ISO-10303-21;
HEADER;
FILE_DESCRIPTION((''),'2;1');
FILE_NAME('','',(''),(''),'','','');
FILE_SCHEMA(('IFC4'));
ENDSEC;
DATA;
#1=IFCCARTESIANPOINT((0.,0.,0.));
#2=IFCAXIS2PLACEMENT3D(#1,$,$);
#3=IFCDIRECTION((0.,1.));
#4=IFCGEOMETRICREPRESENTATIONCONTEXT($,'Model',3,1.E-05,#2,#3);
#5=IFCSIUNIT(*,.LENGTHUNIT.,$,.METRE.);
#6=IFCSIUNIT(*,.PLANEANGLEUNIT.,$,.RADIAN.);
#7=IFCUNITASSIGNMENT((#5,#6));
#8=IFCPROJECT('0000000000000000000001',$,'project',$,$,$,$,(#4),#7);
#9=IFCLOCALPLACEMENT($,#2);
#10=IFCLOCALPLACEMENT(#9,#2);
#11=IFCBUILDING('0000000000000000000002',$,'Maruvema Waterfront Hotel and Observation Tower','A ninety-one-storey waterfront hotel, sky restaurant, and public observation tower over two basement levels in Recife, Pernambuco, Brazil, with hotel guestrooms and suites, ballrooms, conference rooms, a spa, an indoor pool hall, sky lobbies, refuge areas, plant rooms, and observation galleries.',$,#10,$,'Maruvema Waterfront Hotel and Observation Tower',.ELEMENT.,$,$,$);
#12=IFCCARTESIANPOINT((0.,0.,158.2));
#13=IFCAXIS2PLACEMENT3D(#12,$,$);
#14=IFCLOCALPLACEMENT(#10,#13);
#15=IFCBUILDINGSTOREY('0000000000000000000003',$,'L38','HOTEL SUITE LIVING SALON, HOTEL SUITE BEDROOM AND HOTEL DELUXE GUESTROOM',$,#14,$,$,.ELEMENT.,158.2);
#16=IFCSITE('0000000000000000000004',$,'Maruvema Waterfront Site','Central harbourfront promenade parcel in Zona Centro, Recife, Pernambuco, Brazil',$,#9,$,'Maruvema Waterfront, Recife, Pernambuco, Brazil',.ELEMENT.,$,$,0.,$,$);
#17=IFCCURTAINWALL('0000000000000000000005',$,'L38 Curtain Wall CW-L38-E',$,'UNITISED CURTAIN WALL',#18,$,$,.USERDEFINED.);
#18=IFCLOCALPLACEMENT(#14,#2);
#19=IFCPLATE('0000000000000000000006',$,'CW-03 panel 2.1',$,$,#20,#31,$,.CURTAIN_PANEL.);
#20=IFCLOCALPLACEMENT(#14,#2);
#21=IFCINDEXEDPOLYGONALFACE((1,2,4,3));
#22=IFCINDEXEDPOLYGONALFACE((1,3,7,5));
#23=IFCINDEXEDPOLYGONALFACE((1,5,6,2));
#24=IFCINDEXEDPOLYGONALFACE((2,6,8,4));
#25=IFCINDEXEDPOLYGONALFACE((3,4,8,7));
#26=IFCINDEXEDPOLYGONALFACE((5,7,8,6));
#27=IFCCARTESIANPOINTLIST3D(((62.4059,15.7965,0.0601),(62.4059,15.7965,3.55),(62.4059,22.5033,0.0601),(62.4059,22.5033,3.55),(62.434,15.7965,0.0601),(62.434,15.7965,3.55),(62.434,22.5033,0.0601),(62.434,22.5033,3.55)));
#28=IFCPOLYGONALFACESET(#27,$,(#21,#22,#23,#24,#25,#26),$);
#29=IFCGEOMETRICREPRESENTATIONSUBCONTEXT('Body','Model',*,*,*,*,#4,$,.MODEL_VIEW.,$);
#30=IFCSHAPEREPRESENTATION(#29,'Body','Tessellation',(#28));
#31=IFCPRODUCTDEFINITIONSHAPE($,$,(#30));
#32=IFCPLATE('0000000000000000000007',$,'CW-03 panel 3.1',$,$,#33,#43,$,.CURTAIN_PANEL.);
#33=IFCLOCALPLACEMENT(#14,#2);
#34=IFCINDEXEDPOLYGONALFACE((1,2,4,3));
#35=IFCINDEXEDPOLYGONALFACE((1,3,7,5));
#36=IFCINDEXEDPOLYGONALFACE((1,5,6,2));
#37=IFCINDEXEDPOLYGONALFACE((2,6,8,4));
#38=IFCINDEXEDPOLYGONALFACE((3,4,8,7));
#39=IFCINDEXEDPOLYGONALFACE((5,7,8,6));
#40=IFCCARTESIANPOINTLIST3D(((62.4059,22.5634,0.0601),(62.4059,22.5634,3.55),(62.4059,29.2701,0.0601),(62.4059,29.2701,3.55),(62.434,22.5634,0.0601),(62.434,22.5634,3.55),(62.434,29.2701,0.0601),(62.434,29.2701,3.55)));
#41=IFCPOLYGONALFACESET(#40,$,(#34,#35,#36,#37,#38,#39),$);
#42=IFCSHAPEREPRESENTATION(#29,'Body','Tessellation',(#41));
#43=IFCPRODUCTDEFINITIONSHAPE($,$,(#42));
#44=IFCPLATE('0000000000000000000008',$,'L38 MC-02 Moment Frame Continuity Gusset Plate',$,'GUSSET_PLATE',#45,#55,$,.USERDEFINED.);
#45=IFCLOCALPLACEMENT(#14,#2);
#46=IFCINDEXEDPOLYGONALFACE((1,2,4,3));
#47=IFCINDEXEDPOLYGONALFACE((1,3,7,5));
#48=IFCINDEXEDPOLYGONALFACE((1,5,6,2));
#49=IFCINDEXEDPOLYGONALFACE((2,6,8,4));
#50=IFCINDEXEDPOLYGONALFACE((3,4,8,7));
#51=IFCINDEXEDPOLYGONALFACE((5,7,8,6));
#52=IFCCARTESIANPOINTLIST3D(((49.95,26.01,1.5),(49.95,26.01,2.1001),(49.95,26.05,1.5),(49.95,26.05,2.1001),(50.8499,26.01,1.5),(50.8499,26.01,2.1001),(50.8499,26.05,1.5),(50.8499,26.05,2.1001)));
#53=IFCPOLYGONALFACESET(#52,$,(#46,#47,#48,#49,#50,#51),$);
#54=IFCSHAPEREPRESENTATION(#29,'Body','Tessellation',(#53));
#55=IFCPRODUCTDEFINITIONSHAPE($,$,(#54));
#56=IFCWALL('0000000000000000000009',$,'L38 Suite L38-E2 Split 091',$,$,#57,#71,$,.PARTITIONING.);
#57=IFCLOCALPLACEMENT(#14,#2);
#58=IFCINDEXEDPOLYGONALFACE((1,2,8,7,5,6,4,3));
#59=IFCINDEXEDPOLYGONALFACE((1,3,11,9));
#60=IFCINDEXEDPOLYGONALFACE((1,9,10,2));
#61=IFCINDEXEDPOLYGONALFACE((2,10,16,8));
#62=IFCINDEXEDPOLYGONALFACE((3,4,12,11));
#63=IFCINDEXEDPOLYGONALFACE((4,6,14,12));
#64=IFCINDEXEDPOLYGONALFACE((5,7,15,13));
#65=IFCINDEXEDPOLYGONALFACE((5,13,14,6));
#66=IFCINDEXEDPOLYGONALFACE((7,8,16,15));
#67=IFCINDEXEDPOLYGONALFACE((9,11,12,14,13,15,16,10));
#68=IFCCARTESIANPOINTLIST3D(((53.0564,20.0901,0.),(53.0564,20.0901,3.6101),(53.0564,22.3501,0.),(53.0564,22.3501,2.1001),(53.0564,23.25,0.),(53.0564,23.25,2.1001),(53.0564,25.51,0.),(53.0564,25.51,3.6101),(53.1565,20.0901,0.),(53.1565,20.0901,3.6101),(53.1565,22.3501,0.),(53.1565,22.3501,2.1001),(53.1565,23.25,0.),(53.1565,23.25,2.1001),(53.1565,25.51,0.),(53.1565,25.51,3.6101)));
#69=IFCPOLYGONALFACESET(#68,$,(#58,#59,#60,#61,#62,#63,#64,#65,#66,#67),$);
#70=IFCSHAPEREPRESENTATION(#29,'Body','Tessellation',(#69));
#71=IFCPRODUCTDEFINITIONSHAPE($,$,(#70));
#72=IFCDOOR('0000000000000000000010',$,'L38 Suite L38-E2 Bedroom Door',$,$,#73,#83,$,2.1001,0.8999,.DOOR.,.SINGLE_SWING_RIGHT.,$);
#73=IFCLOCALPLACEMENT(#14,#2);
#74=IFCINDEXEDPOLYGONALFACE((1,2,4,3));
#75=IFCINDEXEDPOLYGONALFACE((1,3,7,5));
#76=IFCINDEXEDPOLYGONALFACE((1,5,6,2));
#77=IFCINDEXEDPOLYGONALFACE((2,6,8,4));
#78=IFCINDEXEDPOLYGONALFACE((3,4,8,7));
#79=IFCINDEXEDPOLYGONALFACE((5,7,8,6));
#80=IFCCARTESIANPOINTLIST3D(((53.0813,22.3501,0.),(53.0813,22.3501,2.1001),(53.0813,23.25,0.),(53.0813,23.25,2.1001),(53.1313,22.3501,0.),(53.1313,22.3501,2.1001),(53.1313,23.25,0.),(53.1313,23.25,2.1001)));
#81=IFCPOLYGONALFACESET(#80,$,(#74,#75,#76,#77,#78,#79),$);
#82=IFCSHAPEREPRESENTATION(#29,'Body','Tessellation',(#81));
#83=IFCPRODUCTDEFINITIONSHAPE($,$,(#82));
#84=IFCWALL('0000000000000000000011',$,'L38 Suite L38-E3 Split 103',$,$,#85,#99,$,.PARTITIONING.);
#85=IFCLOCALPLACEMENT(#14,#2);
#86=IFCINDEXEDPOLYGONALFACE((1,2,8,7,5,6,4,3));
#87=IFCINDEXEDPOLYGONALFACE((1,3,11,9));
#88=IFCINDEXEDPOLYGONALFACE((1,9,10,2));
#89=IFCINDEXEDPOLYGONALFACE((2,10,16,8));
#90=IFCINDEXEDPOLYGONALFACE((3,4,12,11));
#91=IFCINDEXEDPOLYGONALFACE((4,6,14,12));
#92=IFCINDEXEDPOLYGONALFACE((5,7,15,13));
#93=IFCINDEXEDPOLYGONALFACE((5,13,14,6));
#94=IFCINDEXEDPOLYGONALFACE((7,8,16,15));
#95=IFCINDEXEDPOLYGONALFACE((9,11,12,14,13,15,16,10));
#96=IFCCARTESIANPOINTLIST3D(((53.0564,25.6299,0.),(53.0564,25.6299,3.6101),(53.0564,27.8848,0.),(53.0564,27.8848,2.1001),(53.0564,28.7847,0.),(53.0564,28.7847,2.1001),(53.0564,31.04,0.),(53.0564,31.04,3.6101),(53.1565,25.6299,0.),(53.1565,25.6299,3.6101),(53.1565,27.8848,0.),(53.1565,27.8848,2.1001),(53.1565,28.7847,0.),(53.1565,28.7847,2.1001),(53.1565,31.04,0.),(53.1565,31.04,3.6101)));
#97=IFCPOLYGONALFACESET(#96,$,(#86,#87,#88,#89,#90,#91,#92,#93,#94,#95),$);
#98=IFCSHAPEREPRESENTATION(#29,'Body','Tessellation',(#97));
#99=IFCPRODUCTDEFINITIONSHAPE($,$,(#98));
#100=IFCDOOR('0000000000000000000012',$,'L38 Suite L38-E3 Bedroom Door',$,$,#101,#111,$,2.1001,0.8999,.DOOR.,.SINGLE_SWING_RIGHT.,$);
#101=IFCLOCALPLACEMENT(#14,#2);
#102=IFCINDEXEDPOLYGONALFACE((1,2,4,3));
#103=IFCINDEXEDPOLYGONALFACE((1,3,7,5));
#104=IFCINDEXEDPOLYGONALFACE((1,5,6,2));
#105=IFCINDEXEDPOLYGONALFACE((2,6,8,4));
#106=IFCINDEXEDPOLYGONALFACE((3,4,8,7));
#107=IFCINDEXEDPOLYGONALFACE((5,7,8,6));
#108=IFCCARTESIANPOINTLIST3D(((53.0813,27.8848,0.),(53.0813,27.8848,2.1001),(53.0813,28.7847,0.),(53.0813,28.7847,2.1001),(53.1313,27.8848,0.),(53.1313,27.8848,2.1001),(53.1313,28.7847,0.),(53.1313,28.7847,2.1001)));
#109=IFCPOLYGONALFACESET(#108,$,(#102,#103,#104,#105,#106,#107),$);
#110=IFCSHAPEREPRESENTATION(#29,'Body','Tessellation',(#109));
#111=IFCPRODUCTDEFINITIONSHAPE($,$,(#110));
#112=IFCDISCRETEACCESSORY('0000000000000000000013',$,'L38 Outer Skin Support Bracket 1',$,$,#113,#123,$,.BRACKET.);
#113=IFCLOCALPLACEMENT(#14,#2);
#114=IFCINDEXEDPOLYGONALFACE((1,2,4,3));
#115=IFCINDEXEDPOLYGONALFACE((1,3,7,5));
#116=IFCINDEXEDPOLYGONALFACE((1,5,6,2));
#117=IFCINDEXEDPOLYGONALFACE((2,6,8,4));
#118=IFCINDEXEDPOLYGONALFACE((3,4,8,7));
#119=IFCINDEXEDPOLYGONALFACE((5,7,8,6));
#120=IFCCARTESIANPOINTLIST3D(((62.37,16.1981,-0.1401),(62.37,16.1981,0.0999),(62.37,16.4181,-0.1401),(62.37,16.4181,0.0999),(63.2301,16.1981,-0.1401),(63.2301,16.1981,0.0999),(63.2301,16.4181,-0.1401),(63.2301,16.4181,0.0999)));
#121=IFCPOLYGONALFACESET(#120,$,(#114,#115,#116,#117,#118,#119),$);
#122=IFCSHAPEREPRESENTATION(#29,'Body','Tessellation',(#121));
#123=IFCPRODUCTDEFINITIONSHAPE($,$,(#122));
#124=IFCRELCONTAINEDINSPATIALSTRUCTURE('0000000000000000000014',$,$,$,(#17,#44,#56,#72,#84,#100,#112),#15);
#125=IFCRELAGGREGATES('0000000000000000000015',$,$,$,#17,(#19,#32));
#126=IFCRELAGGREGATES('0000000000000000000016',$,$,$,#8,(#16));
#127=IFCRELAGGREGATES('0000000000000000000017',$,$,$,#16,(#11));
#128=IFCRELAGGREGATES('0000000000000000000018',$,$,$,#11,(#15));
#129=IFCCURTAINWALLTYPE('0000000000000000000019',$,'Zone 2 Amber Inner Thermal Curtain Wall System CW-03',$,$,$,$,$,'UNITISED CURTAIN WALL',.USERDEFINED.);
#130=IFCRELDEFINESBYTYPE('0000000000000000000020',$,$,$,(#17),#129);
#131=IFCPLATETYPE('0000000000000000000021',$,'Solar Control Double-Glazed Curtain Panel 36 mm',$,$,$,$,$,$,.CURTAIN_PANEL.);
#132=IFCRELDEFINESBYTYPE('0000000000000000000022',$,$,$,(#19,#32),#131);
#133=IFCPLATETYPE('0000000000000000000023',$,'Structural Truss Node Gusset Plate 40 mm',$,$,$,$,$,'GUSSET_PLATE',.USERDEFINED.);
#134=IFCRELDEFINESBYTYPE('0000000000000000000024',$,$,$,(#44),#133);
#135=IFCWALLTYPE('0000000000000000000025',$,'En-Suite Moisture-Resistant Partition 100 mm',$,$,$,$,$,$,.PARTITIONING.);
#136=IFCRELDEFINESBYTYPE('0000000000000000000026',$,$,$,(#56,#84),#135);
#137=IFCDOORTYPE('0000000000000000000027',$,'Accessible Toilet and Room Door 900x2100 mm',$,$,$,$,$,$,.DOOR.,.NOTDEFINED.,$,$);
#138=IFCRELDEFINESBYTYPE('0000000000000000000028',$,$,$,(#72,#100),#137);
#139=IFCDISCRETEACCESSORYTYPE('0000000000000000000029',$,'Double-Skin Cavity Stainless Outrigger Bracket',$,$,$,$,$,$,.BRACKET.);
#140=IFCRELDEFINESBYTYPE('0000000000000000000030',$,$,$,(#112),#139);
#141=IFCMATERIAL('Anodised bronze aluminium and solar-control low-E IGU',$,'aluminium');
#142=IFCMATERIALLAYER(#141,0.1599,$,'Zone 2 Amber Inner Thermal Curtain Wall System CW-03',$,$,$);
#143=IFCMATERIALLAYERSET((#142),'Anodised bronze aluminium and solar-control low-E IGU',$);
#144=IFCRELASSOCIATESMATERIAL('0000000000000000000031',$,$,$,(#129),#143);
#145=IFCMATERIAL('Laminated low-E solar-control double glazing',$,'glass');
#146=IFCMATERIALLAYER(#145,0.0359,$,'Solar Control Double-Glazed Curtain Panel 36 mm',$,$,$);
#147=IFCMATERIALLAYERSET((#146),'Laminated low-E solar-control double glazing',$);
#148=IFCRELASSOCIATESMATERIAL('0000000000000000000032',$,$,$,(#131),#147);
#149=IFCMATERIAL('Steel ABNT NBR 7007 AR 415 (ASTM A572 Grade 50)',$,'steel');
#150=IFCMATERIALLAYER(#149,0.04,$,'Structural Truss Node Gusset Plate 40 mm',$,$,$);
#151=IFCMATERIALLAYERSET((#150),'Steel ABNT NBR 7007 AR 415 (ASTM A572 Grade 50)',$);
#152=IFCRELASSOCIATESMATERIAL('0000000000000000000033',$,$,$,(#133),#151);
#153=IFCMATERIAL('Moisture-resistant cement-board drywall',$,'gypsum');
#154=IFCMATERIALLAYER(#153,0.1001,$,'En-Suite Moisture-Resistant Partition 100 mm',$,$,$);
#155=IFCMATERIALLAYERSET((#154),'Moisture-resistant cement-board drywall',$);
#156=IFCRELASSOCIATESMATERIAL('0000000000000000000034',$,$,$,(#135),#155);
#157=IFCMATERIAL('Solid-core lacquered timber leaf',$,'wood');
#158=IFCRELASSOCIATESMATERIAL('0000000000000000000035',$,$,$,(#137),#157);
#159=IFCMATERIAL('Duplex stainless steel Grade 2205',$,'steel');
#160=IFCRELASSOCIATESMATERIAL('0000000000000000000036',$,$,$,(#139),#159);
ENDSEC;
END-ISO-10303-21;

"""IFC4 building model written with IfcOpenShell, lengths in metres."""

from ifc_helpers import new_model, si_unit, direction, frame, frame_2d, origin, origin_2d, place, context, subcontext, project, spatial, rectangle, extrude, material, layer, layer_set, type_object, element, fill, aggregate, save


model = new_model("IFC4")

# Units and contexts
model_context = context("Model", 3, precision=1e-05, world=origin(), true_north=direction((0.0, 1.0)))
body_context = subcontext(model_context, "Body", "Model", "MODEL_VIEW")
ifc_project = project(units=[si_unit("LENGTHUNIT", "METRE"), si_unit("PLANEANGLEUNIT", "RADIAN")], contexts=[model_context])

# Site, building, storey
site_placement = place(None, origin())
site = spatial("IfcSite", under=ifc_project, at=site_placement, Name="Maruvema Waterfront Site", Description="Central harbourfront promenade parcel in Zona Centro, Recife, Pernambuco, Brazil", LongName="Maruvema Waterfront, Recife, Pernambuco, Brazil", CompositionType="ELEMENT", RefElevation=0.0)
building_placement = place(site_placement, origin())
building = spatial("IfcBuilding", under=site, at=building_placement, Name="Maruvema Waterfront Hotel and Observation Tower", Description="A ninety-one-storey waterfront hotel, sky restaurant, and public observation tower over two basement levels in Recife, Pernambuco, Brazil, with hotel guestrooms and suites, ballrooms, conference rooms, a spa, an indoor pool hall, sky lobbies, refuge areas, plant rooms, and observation galleries.", LongName="Maruvema Waterfront Hotel and Observation Tower", CompositionType="ELEMENT")
storey_placement = place(building_placement, frame((0.0, 0.0, 158.2)))
storey = spatial("IfcBuildingStorey", under=building, at=storey_placement, Name="L38", Description="HOTEL SUITE LIVING SALON, HOTEL SUITE BEDROOM AND HOTEL DELUXE GUESTROOM", CompositionType="ELEMENT", Elevation=158.2)

# Curtain wall
ifc_material_1 = material(Name="Anodised bronze aluminium and solar-control low-E IGU", Category="aluminium")
ifc_layer_1 = layer(ifc_material_1, 0.1599, Name="Zone 2 Amber Inner Thermal Curtain Wall System CW-03")
ifc_layer_set_1 = layer_set([ifc_layer_1], Name="Anodised bronze aluminium and solar-control low-E IGU")
curtain_wall_type = type_object("IfcCurtainWallType", Name="Zone 2 Amber Inner Thermal Curtain Wall System CW-03", ElementType="UNITISED CURTAIN WALL", PredefinedType="USERDEFINED", material=ifc_layer_set_1)
curtain_wall_placement = place(storey_placement, origin())
curtain_wall = element("IfcCurtainWall", 1, at=curtain_wall_placement, inside=storey, type_object=curtain_wall_type, Name="L38 Curtain Wall CW-L38-E", ObjectType="UNITISED CURTAIN WALL", PredefinedType="USERDEFINED")

# Plates
ifc_material_2 = material(Name="Laminated low-E solar-control double glazing", Category="glass")
ifc_layer_2 = layer(ifc_material_2, 0.0359, Name="Solar Control Double-Glazed Curtain Panel 36 mm")
ifc_layer_set_2 = layer_set([ifc_layer_2], Name="Laminated low-E solar-control double glazing")
plate_type_1 = type_object("IfcPlateType", Name="Solar Control Double-Glazed Curtain Panel 36 mm", PredefinedType="CURTAIN_PANEL", material=ifc_layer_set_2)
plate_1_placement = place(storey_placement, frame((62.4199, 19.1499, 0.0601), z_axis=(0.0, 0.0, 1.0), x_axis=(0.0, 1.0, 0.0)))
plate_1 = element("IfcPlate", 2, at=plate_1_placement, type_object=plate_type_1, Name="CW-03 panel 2.1", PredefinedType="CURTAIN_PANEL", context=body_context, shape_type="SweptSolid", body=[
    extrude(rectangle(XDim=6.7068, YDim=0.0281, at=origin_2d()), origin(), (0.0, 0.0, 1.0), 3.49),
])
plate_2_placement = place(storey_placement, frame((62.4199, 25.9167, 0.0601), z_axis=(0.0, 0.0, 1.0), x_axis=(0.0, 1.0, 0.0)))
plate_2 = element("IfcPlate", 3, at=plate_2_placement, type_object=plate_type_1, Name="CW-03 panel 3.1", PredefinedType="CURTAIN_PANEL", context=body_context, shape_type="SweptSolid", body=[
    extrude(rectangle(XDim=6.7068, YDim=0.0281, at=origin_2d()), origin(), (0.0, 0.0, 1.0), 3.49),
])
aggregate(curtain_wall, [plate_1, plate_2])
ifc_material_3 = material(Name="Steel ABNT NBR 7007 AR 415 (ASTM A572 Grade 50)", Category="steel")
ifc_layer_3 = layer(ifc_material_3, 0.04, Name="Structural Truss Node Gusset Plate 40 mm")
ifc_layer_set_3 = layer_set([ifc_layer_3], Name="Steel ABNT NBR 7007 AR 415 (ASTM A572 Grade 50)")
plate_type_2 = type_object("IfcPlateType", Name="Structural Truss Node Gusset Plate 40 mm", ElementType="GUSSET_PLATE", PredefinedType="USERDEFINED", material=ifc_layer_set_3)
plate_3_placement = place(storey_placement, frame((50.3999, 26.03, 1.5), z_axis=(0.0, 0.0, 1.0), x_axis=(1.0, 0.0, 0.0)))
element("IfcPlate", 4, at=plate_3_placement, inside=storey, type_object=plate_type_2, Name="L38 MC-02 Moment Frame Continuity Gusset Plate", ObjectType="GUSSET_PLATE", PredefinedType="USERDEFINED", context=body_context, shape_type="SweptSolid", body=[
    extrude(rectangle(XDim=0.8999, YDim=0.04, at=origin_2d()), origin(), (0.0, 0.0, 1.0), 0.6001),
])

# Walls, openings, doors
ifc_material_4 = material(Name="Moisture-resistant cement-board drywall", Category="gypsum")
ifc_layer_4 = layer(ifc_material_4, 0.1001, Name="En-Suite Moisture-Resistant Partition 100 mm")
ifc_layer_set_4 = layer_set([ifc_layer_4], Name="Moisture-resistant cement-board drywall")
wall_type = type_object("IfcWallType", Name="En-Suite Moisture-Resistant Partition 100 mm", PredefinedType="PARTITIONING", material=ifc_layer_set_4)
wall_1_placement = place(storey_placement, frame((53.1064, 20.0901, 0.0), z_axis=(0.0, 0.0, 1.0), x_axis=(0.0, 1.0, 0.0)))
wall_1 = element("IfcWall", 5, at=wall_1_placement, inside=storey, type_object=wall_type, Name="L38 Suite L38-E2 Split 091", PredefinedType="PARTITIONING", context=body_context, shape_type="SweptSolid", body=[
    extrude(rectangle(XDim=5.4199, YDim=0.1001, at=frame_2d((2.71, 0.0))), origin(), (0.0, 0.0, 1.0), 3.6101),
])
opening_1_placement = place(wall_1_placement, frame((2.26, 0.0, 0.0)))
opening_1 = element("IfcOpeningElement", 6, at=opening_1_placement, cuts=wall_1, PredefinedType="OPENING", context=body_context, shape_type="SweptSolid", body=[
    extrude(rectangle(XDim=0.8999, YDim=2.1001, at=frame_2d((0.45, 1.05))), frame((0.0, 0.0601, 0.0), z_axis=(0.0, -1.0, 0.0), x_axis=(1.0, 0.0, 0.0)), (0.0, 0.0, 1.0), 0.1201),
])
ifc_material_5 = material(Name="Solid-core lacquered timber leaf", Category="wood")
door_type = type_object("IfcDoorType", Name="Accessible Toilet and Room Door 900x2100 mm", OperationType="NOTDEFINED", PredefinedType="DOOR", material=ifc_material_5)
door_1_placement = place(opening_1_placement, frame((0.8999, 0.0, 0.0), z_axis=(0.0, 0.0, 1.0), x_axis=(-1.0, 0.0, 0.0)))
door_1 = element("IfcDoor", 7, at=door_1_placement, inside=storey, type_object=door_type, Name="L38 Suite L38-E2 Bedroom Door", OperationType="SINGLE_SWING_RIGHT", OverallHeight=2.1001, OverallWidth=0.8999, PredefinedType="DOOR", context=body_context, shape_type="SweptSolid", body=[
    extrude(rectangle(XDim=0.8999, YDim=2.1001, at=frame_2d((0.45, 1.05))), frame((0.0, 0.0249, 0.0), z_axis=(0.0, -1.0, 0.0), x_axis=(1.0, 0.0, 0.0)), (0.0, 0.0, 1.0), 0.05),
])
fill(opening_1, door_1)
wall_2_placement = place(storey_placement, frame((53.1064, 25.6299, 0.0), z_axis=(0.0, 0.0, 1.0), x_axis=(0.0, 1.0, 0.0)))
wall_2 = element("IfcWall", 8, at=wall_2_placement, inside=storey, type_object=wall_type, Name="L38 Suite L38-E3 Split 103", PredefinedType="PARTITIONING", context=body_context, shape_type="SweptSolid", body=[
    extrude(rectangle(XDim=5.4102, YDim=0.1001, at=frame_2d((2.7051, 0.0))), origin(), (0.0, 0.0, 1.0), 3.6101),
])
opening_2_placement = place(wall_2_placement, frame((2.2549, 0.0, 0.0)))
opening_2 = element("IfcOpeningElement", 9, at=opening_2_placement, cuts=wall_2, PredefinedType="OPENING", context=body_context, shape_type="SweptSolid", body=[
    extrude(rectangle(XDim=0.8999, YDim=2.1001, at=frame_2d((0.45, 1.05))), frame((0.0, 0.0601, 0.0), z_axis=(0.0, -1.0, 0.0), x_axis=(1.0, 0.0, 0.0)), (0.0, 0.0, 1.0), 0.1201),
])
door_2_placement = place(opening_2_placement, frame((0.8999, 0.0, 0.0), z_axis=(0.0, 0.0, 1.0), x_axis=(-1.0, 0.0, 0.0)))
door_2 = element("IfcDoor", 10, at=door_2_placement, inside=storey, type_object=door_type, Name="L38 Suite L38-E3 Bedroom Door", OperationType="SINGLE_SWING_RIGHT", OverallHeight=2.1001, OverallWidth=0.8999, PredefinedType="DOOR", context=body_context, shape_type="SweptSolid", body=[
    extrude(rectangle(XDim=0.8999, YDim=2.1001, at=frame_2d((0.45, 1.05))), frame((0.0, 0.0249, 0.0), z_axis=(0.0, -1.0, 0.0), x_axis=(1.0, 0.0, 0.0)), (0.0, 0.0, 1.0), 0.05),
])
fill(opening_2, door_2)

# Discrete accessory
ifc_material_6 = material(Name="Duplex stainless steel Grade 2205", Category="steel")
discrete_accessory_type = type_object("IfcDiscreteAccessoryType", Name="Double-Skin Cavity Stainless Outrigger Bracket", PredefinedType="BRACKET", material=ifc_material_6)
discrete_accessory_placement = place(storey_placement, frame((62.8, 16.3081, -0.1401), z_axis=(0.0, 0.0, 1.0), x_axis=(0.0, 1.0, 0.0)))
element("IfcDiscreteAccessory", 11, at=discrete_accessory_placement, inside=storey, type_object=discrete_accessory_type, Name="L38 Outer Skin Support Bracket 1", PredefinedType="BRACKET", context=body_context, shape_type="SweptSolid", body=[
    extrude(rectangle(XDim=0.22, YDim=0.8601, at=origin_2d()), origin(), (0.0, 0.0, 1.0), 0.24),
])

save(model, "model.ifc")
